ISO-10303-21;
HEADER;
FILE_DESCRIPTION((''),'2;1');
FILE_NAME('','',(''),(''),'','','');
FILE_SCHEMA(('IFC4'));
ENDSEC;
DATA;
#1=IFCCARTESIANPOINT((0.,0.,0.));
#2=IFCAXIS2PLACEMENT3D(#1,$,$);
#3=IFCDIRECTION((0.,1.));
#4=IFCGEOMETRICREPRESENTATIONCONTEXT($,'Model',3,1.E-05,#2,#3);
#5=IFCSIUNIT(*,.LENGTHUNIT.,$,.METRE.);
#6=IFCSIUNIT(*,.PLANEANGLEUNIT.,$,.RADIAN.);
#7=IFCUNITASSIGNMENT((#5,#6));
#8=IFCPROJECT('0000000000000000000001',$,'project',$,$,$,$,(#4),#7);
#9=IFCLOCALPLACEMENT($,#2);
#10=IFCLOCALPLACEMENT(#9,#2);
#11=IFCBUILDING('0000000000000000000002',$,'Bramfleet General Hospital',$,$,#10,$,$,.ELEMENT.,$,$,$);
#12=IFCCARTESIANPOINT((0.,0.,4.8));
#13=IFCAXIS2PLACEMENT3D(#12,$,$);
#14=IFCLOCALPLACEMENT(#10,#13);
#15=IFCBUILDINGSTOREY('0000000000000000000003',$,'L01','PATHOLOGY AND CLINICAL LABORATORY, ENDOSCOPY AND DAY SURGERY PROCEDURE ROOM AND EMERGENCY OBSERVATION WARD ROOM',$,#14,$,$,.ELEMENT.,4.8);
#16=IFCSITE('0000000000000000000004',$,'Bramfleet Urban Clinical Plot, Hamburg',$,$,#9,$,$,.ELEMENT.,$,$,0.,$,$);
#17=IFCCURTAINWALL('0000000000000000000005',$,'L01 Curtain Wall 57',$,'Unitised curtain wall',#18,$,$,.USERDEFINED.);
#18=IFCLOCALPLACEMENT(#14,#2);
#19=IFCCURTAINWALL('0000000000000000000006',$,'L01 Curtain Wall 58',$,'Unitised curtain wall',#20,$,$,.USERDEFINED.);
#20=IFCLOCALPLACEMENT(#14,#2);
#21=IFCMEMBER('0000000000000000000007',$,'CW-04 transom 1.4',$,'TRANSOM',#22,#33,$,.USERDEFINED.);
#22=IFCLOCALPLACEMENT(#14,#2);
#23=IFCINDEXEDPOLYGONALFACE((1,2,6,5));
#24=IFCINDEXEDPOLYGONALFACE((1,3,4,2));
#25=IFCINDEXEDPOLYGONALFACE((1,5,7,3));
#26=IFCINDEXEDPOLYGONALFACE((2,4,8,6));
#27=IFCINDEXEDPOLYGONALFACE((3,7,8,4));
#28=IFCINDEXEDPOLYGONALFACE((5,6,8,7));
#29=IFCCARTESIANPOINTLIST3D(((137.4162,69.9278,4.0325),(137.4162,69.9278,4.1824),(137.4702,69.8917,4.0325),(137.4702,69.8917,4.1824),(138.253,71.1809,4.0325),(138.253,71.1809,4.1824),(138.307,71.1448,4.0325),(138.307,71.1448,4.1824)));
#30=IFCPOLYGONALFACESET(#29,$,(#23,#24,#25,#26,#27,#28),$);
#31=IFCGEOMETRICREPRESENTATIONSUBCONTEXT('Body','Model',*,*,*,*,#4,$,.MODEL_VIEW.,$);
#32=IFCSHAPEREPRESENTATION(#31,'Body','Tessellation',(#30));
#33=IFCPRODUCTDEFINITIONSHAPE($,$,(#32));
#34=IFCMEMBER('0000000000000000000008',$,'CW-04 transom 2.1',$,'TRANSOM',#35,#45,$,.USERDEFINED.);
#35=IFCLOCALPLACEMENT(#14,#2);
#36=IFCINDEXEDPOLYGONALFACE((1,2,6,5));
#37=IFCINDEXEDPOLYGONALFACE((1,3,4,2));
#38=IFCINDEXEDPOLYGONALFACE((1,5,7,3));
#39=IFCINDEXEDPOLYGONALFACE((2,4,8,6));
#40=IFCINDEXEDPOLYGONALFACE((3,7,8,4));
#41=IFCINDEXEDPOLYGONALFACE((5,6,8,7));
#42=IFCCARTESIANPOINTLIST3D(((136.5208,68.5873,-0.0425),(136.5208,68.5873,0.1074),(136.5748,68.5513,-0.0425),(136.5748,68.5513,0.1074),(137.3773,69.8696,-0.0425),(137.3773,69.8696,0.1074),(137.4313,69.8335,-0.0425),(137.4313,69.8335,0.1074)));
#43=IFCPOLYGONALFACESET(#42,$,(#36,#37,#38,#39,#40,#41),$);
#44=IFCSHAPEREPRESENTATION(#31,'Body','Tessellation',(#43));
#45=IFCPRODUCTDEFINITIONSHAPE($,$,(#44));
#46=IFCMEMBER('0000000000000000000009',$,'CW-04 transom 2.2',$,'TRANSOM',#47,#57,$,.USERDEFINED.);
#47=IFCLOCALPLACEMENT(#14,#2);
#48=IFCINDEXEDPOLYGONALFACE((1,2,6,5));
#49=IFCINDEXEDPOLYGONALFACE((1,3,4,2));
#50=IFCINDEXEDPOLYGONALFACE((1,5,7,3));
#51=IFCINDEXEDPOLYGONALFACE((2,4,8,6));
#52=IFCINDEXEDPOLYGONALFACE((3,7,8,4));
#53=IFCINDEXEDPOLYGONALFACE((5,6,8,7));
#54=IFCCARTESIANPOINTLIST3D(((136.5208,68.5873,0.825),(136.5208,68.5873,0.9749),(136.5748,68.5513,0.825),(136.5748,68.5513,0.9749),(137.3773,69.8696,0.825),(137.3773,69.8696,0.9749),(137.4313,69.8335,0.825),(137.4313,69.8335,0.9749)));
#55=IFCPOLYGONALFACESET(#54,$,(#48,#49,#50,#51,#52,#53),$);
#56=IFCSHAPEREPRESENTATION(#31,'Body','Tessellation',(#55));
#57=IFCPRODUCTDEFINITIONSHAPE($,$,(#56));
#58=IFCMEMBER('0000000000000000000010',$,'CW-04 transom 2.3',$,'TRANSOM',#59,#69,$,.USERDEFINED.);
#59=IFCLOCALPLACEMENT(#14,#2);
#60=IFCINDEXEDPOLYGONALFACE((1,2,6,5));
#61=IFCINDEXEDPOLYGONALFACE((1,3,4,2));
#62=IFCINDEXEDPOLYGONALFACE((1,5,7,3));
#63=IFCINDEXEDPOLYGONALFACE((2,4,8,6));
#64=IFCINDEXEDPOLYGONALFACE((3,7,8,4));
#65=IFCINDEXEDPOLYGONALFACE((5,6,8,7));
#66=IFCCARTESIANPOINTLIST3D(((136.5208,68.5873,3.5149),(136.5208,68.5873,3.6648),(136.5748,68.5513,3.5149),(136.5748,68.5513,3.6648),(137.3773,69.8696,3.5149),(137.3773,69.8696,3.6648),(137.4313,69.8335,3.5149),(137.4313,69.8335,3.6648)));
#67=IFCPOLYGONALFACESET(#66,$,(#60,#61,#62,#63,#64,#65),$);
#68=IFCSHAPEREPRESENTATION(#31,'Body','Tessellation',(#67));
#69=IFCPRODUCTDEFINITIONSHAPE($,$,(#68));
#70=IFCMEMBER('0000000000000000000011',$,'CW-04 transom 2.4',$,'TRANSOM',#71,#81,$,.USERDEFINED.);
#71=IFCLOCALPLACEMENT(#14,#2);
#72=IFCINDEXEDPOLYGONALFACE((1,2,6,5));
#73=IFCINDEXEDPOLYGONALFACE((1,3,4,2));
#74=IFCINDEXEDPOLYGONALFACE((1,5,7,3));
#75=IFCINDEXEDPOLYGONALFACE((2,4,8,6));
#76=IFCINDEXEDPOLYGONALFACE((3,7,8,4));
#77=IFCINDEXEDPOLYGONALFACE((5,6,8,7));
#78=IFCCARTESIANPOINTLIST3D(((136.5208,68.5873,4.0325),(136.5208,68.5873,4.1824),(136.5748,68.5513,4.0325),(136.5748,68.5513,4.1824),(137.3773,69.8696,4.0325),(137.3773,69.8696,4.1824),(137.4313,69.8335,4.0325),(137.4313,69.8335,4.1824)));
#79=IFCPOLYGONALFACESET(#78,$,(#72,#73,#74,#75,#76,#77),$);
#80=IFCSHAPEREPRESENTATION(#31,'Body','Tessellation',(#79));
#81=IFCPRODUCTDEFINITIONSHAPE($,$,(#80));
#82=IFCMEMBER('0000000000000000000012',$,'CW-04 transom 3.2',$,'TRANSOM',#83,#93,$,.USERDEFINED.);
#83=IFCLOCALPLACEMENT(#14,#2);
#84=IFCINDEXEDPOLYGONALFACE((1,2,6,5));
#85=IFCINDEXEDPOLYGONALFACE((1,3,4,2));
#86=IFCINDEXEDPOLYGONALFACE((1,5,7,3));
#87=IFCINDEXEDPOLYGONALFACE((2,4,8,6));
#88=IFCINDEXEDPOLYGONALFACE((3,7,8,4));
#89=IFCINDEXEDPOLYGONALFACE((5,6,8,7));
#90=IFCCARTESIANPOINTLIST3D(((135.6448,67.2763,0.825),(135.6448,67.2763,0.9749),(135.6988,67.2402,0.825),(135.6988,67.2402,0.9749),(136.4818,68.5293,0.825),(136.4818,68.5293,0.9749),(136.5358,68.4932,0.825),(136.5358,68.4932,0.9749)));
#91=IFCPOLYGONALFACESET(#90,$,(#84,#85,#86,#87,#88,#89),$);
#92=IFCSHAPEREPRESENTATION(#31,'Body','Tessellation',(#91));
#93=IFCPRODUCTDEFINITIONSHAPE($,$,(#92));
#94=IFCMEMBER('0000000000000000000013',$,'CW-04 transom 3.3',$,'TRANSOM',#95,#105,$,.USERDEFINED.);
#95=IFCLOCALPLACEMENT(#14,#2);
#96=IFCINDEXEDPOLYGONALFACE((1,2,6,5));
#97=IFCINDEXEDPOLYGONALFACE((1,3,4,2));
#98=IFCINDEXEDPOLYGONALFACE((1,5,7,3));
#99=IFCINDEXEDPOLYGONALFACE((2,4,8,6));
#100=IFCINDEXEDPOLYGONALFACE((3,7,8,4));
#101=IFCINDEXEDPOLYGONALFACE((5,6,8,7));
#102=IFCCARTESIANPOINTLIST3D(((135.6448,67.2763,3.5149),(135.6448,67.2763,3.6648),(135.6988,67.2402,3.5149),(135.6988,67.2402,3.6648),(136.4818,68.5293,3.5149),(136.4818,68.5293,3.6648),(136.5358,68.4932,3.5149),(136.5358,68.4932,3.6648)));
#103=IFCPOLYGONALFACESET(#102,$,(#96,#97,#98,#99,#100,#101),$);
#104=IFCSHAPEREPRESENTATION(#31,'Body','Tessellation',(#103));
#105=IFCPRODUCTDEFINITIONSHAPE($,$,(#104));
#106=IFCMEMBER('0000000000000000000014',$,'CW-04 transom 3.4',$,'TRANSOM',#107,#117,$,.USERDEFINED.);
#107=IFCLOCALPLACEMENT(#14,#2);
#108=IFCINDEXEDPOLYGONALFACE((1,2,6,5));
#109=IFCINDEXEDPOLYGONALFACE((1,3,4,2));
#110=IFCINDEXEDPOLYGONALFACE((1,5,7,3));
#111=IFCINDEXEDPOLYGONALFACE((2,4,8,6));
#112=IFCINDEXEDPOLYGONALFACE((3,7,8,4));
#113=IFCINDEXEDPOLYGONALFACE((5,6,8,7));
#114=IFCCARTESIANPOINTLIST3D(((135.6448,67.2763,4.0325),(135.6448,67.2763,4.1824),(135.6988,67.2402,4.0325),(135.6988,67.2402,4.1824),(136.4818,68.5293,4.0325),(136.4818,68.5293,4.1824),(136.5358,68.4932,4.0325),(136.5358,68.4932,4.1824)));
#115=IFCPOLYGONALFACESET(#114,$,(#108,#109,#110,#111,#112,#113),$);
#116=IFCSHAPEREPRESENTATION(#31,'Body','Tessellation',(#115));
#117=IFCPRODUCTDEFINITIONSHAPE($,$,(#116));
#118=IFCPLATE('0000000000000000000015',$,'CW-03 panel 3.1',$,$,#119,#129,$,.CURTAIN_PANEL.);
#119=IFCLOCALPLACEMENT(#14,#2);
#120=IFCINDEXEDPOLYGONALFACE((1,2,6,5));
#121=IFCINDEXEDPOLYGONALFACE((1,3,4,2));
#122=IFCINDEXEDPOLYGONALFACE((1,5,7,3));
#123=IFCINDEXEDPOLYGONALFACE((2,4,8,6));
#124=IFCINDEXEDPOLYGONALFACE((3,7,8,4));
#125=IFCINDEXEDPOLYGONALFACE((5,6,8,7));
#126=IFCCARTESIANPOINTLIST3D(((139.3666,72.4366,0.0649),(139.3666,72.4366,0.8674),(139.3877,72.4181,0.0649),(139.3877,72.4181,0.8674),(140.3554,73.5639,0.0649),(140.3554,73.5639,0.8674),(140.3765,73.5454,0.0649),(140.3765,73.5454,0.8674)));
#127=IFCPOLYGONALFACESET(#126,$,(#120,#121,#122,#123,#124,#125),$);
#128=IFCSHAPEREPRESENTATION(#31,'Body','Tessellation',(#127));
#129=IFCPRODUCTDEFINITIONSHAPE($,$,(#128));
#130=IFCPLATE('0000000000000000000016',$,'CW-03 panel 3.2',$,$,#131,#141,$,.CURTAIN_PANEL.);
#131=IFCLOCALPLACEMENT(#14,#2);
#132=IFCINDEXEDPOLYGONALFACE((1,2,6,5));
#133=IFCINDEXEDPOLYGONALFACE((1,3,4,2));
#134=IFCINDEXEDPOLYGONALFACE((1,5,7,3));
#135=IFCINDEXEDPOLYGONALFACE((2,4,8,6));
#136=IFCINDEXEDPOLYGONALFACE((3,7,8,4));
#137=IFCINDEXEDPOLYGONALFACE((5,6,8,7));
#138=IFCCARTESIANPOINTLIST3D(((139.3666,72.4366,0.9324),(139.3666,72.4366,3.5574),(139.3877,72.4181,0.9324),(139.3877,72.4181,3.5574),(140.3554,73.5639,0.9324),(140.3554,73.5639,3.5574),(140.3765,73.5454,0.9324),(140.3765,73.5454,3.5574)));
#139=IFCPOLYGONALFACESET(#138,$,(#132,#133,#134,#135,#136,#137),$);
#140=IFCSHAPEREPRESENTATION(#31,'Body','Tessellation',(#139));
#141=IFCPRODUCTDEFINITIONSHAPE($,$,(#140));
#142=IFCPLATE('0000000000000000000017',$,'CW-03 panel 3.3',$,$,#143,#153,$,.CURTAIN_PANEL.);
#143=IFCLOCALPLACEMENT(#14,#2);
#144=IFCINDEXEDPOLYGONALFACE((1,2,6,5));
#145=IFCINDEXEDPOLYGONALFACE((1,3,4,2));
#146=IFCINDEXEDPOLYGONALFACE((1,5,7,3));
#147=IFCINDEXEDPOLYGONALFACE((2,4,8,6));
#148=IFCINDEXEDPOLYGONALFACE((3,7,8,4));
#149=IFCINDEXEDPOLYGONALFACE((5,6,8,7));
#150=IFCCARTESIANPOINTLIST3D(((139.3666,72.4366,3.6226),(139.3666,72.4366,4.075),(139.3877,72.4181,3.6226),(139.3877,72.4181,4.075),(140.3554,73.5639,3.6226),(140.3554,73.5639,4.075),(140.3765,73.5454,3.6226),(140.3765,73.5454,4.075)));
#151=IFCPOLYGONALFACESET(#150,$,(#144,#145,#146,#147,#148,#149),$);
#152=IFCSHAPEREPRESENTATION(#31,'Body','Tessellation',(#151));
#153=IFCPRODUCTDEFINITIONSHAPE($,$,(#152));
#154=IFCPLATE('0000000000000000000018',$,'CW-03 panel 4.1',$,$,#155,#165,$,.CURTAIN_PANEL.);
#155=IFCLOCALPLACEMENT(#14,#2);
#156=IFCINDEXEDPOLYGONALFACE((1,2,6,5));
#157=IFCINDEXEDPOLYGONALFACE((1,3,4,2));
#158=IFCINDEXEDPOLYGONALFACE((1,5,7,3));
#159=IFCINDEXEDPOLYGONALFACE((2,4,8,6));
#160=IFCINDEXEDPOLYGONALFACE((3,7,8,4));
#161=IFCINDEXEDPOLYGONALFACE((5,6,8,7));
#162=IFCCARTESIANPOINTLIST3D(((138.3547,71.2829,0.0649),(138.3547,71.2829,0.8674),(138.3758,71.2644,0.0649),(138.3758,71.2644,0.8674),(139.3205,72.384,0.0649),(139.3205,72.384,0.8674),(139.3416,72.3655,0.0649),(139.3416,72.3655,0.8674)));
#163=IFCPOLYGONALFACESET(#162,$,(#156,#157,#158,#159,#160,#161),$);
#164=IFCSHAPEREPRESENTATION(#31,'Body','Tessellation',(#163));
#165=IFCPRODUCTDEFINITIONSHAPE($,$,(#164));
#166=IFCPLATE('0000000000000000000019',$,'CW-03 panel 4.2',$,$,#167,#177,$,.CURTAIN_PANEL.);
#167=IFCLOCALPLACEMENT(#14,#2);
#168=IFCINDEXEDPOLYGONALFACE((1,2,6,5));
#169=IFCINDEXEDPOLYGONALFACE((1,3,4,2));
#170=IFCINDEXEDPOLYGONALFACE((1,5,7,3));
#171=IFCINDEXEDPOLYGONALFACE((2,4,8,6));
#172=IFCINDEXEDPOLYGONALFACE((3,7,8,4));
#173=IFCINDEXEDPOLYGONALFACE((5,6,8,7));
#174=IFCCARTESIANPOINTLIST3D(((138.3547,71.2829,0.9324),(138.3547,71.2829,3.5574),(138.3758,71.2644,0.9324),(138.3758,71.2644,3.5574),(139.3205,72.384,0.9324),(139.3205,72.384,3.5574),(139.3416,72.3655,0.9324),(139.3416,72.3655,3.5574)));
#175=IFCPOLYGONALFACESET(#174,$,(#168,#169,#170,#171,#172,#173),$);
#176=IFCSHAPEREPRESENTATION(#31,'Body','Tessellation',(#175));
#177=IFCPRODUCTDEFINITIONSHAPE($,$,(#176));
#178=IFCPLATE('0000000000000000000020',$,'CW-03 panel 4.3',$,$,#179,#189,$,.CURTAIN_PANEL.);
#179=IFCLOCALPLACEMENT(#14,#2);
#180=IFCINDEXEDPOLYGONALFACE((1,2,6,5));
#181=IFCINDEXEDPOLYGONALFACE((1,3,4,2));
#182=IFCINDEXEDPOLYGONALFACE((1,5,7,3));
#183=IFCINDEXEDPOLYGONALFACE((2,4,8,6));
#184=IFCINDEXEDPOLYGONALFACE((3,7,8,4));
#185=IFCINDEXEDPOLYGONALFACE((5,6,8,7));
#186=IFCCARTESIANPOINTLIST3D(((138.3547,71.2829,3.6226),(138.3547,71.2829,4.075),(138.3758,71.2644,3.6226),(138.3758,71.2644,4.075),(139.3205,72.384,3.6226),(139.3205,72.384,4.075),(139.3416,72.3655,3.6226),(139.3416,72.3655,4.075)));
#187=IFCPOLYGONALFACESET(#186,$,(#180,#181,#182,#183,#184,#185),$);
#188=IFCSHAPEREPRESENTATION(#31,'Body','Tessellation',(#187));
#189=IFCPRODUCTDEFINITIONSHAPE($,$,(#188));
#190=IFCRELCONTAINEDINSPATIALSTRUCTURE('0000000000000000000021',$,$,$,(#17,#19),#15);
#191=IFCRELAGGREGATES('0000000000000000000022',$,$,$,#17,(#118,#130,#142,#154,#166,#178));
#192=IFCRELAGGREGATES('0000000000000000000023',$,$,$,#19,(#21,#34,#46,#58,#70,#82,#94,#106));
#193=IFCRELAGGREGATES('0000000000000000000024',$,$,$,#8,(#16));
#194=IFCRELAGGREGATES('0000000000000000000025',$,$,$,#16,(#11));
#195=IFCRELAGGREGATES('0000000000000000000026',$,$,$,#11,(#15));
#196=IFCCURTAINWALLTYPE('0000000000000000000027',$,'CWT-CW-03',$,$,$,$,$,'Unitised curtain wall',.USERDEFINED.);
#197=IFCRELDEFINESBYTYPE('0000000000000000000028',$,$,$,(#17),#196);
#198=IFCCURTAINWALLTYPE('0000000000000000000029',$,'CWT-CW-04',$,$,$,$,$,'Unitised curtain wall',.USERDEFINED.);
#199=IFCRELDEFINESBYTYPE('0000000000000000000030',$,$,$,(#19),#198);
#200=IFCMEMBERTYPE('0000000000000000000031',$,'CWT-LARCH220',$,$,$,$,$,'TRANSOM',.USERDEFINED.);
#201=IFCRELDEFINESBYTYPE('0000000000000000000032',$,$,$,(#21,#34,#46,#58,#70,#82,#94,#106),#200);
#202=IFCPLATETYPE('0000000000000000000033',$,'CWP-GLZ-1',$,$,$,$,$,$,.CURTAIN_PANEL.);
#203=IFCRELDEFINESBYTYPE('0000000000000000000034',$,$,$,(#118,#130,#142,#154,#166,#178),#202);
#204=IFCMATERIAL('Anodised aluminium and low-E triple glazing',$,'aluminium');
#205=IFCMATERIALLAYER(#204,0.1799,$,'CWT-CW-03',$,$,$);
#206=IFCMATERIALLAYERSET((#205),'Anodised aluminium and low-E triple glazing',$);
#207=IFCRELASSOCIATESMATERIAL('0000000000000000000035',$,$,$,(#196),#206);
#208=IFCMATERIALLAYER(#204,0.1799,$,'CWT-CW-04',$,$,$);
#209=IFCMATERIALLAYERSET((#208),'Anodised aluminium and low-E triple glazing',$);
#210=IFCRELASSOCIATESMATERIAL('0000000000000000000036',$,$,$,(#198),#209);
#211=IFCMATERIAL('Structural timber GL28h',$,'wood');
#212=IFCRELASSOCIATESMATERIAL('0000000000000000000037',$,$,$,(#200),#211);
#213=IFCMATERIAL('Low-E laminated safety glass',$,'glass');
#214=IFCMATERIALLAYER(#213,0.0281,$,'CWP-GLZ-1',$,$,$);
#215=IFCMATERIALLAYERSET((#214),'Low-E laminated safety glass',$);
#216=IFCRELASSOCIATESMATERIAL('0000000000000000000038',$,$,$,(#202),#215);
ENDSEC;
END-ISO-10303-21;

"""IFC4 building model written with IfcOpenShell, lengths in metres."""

from ifc_helpers import new_model, si_unit, direction, frame, origin, origin_2d, place, context, subcontext, project, spatial, rectangle, extrude, material, layer, layer_set, material_profile, profile_set, type_object, element, aggregate, save


model = new_model("IFC4")

# Units and contexts
model_context = context("Model", 3, precision=1e-05, world=origin(), true_north=direction((0.0, 1.0)))
body_context = subcontext(model_context, "Body", "Model", "MODEL_VIEW")
ifc_project = project(units=[si_unit("LENGTHUNIT", "METRE"), si_unit("PLANEANGLEUNIT", "RADIAN")], contexts=[model_context])

# Site, building, storey
site_placement = place(None, origin())
site = spatial("IfcSite", under=ifc_project, at=site_placement, Name="Bramfleet Urban Clinical Plot, Hamburg", CompositionType="ELEMENT", RefElevation=0.0)
building_placement = place(site_placement, origin())
building = spatial("IfcBuilding", under=site, at=building_placement, Name="Bramfleet General Hospital", CompositionType="ELEMENT")
storey_placement = place(building_placement, frame((0.0, 0.0, 4.8)))
storey = spatial("IfcBuildingStorey", under=building, at=storey_placement, Name="L01", Description="PATHOLOGY AND CLINICAL LABORATORY, ENDOSCOPY AND DAY SURGERY PROCEDURE ROOM AND EMERGENCY OBSERVATION WARD ROOM", CompositionType="ELEMENT", Elevation=4.8)

# Curtain walls
ifc_material_1 = material(Name="Anodised aluminium and low-E triple glazing", Category="aluminium")
ifc_layer_1 = layer(ifc_material_1, 0.1799, Name="CWT-CW-03")
ifc_layer_set_1 = layer_set([ifc_layer_1], Name="Anodised aluminium and low-E triple glazing")
curtain_wall_type_1 = type_object("IfcCurtainWallType", Name="CWT-CW-03", ElementType="Unitised curtain wall", PredefinedType="USERDEFINED", material=ifc_layer_set_1)
curtain_wall_1_placement = place(storey_placement, origin())
curtain_wall_1 = element("IfcCurtainWall", 1, at=curtain_wall_1_placement, inside=storey, type_object=curtain_wall_type_1, Name="L01 Curtain Wall 57", ObjectType="Unitised curtain wall", PredefinedType="USERDEFINED")
ifc_material_2 = material(Name="Structural timber GL28h", Category="wood")
ifc_layer_2 = layer(ifc_material_1, 0.1799, Name="CWT-CW-04")
ifc_layer_set_2 = layer_set([ifc_layer_2], Name="Anodised aluminium and low-E triple glazing")
curtain_wall_type_2 = type_object("IfcCurtainWallType", Name="CWT-CW-04", ElementType="Unitised curtain wall", PredefinedType="USERDEFINED", material=ifc_layer_set_2)
curtain_wall_2_placement = place(storey_placement, origin())
curtain_wall_2 = element("IfcCurtainWall", 2, at=curtain_wall_2_placement, inside=storey, type_object=curtain_wall_type_2, Name="L01 Curtain Wall 58", ObjectType="Unitised curtain wall", PredefinedType="USERDEFINED")

# Members
ifc_material_profile_1 = material_profile(ifc_material_2, rectangle(XDim=0.0649, YDim=0.1499, at=origin_2d()), Name="LARCH 150x65")
ifc_profile_set_1 = profile_set([ifc_material_profile_1], Name="Structural timber GL28h")
member_type_1 = type_object("IfcMemberType", Name="CWT-LARCH220", ElementType="TRANSOM", PredefinedType="USERDEFINED", material=ifc_profile_set_1)
member_1_placement = place(storey_placement, frame((138.28, 71.1628, 4.1074), z_axis=(-0.555373, -0.831601, 0.0), x_axis=(0.831601, -0.555373, 0.0)))
member_1 = element("IfcMember", 3, at=member_1_placement, type_object=member_type_1, Name="CW-04 transom 1.4", ObjectType="TRANSOM", PredefinedType="USERDEFINED", context=body_context, shape_type="SweptSolid", body=[
    extrude(rectangle(XDim=0.0649, YDim=0.1499, at=origin_2d()), origin(), (0.0, 0.0, 1.0), 1.5068),
])
member_2_placement = place(storey_placement, frame((137.4043, 69.8516, 0.0325), z_axis=(-0.555431, -0.831563, 0.0), x_axis=(0.831563, -0.555431, 0.0)))
member_2 = element("IfcMember", 4, at=member_2_placement, type_object=member_type_1, Name="CW-04 transom 2.1", ObjectType="TRANSOM", PredefinedType="USERDEFINED", context=body_context, shape_type="SweptSolid", body=[
    extrude(rectangle(XDim=0.0649, YDim=0.1499, at=origin_2d()), origin(), (0.0, 0.0, 1.0), 1.542),
])
member_3_placement = place(storey_placement, frame((137.4043, 69.8516, 0.8999), z_axis=(-0.555431, -0.831563, 0.0), x_axis=(0.831563, -0.555431, 0.0)))
member_3 = element("IfcMember", 5, at=member_3_placement, type_object=member_type_1, Name="CW-04 transom 2.2", ObjectType="TRANSOM", PredefinedType="USERDEFINED", context=body_context, shape_type="SweptSolid", body=[
    extrude(rectangle(XDim=0.0649, YDim=0.1499, at=origin_2d()), origin(), (0.0, 0.0, 1.0), 1.542),
])
member_4_placement = place(storey_placement, frame((137.4043, 69.8516, 3.5898), z_axis=(-0.555431, -0.831563, 0.0), x_axis=(0.831563, -0.555431, 0.0)))
member_4 = element("IfcMember", 6, at=member_4_placement, type_object=member_type_1, Name="CW-04 transom 2.3", ObjectType="TRANSOM", PredefinedType="USERDEFINED", context=body_context, shape_type="SweptSolid", body=[
    extrude(rectangle(XDim=0.0649, YDim=0.1499, at=origin_2d()), origin(), (0.0, 0.0, 1.0), 1.542),
])
member_5_placement = place(storey_placement, frame((137.4043, 69.8516, 4.1074), z_axis=(-0.555431, -0.831563, 0.0), x_axis=(0.831563, -0.555431, 0.0)))
member_5 = element("IfcMember", 7, at=member_5_placement, type_object=member_type_1, Name="CW-04 transom 2.4", ObjectType="TRANSOM", PredefinedType="USERDEFINED", context=body_context, shape_type="SweptSolid", body=[
    extrude(rectangle(XDim=0.0649, YDim=0.1499, at=origin_2d()), origin(), (0.0, 0.0, 1.0), 1.542),
])
member_6_placement = place(storey_placement, frame((136.5088, 68.5112, 0.8999), z_axis=(-0.555448, -0.831551, 0.0), x_axis=(0.831551, -0.555448, 0.0)))
member_6 = element("IfcMember", 8, at=member_6_placement, type_object=member_type_1, Name="CW-04 transom 3.2", ObjectType="TRANSOM", PredefinedType="USERDEFINED", context=body_context, shape_type="SweptSolid", body=[
    extrude(rectangle(XDim=0.0649, YDim=0.1499, at=origin_2d()), origin(), (0.0, 0.0, 1.0), 1.5068),
])
member_7_placement = place(storey_placement, frame((136.5088, 68.5112, 3.5898), z_axis=(-0.555448, -0.831551, 0.0), x_axis=(0.831551, -0.555448, 0.0)))
member_7 = element("IfcMember", 9, at=member_7_placement, type_object=member_type_1, Name="CW-04 transom 3.3", ObjectType="TRANSOM", PredefinedType="USERDEFINED", context=body_context, shape_type="SweptSolid", body=[
    extrude(rectangle(XDim=0.0649, YDim=0.1499, at=origin_2d()), origin(), (0.0, 0.0, 1.0), 1.5068),
])
member_8_placement = place(storey_placement, frame((136.5088, 68.5112, 4.1074), z_axis=(-0.555448, -0.831551, 0.0), x_axis=(0.831551, -0.555448, 0.0)))
member_8 = element("IfcMember", 10, at=member_8_placement, type_object=member_type_1, Name="CW-04 transom 3.4", ObjectType="TRANSOM", PredefinedType="USERDEFINED", context=body_context, shape_type="SweptSolid", body=[
    extrude(rectangle(XDim=0.0649, YDim=0.1499, at=origin_2d()), origin(), (0.0, 0.0, 1.0), 1.5068),
])

# Plates
ifc_material_3 = material(Name="Low-E laminated safety glass", Category="glass")
ifc_layer_3 = layer(ifc_material_3, 0.0281, Name="CWP-GLZ-1")
ifc_layer_set_3 = layer_set([ifc_layer_3], Name="Low-E laminated safety glass")
plate_type_1 = type_object("IfcPlateType", Name="CWP-GLZ-1", PredefinedType="CURTAIN_PANEL", material=ifc_layer_set_3)
plate_1_placement = place(storey_placement, frame((139.8716, 72.991, 0.0649), z_axis=(0.0, 0.0, 1.0), x_axis=(-0.659406, -0.751787, 0.0)))
plate_1 = element("IfcPlate", 11, at=plate_1_placement, type_object=plate_type_1, Name="CW-03 panel 3.1", PredefinedType="CURTAIN_PANEL", context=body_context, shape_type="SweptSolid", body=[
    extrude(rectangle(XDim=1.4995, YDim=0.0281, at=origin_2d()), origin(), (0.0, 0.0, 1.0), 0.8025),
])
plate_2_placement = place(storey_placement, frame((139.8716, 72.991, 0.9324), z_axis=(0.0, 0.0, 1.0), x_axis=(-0.659406, -0.751787, 0.0)))
plate_2 = element("IfcPlate", 12, at=plate_2_placement, type_object=plate_type_1, Name="CW-03 panel 3.2", PredefinedType="CURTAIN_PANEL", context=body_context, shape_type="SweptSolid", body=[
    extrude(rectangle(XDim=1.4995, YDim=0.0281, at=origin_2d()), origin(), (0.0, 0.0, 1.0), 2.625),
])
plate_3_placement = place(storey_placement, frame((139.8716, 72.991, 3.6226), z_axis=(0.0, 0.0, 1.0), x_axis=(-0.659406, -0.751787, 0.0)))
plate_3 = element("IfcPlate", 13, at=plate_3_placement, type_object=plate_type_1, Name="CW-03 panel 3.3", PredefinedType="CURTAIN_PANEL", context=body_context, shape_type="SweptSolid", body=[
    extrude(rectangle(XDim=1.4995, YDim=0.0281, at=origin_2d()), origin(), (0.0, 0.0, 1.0), 0.4524),
])
plate_4_placement = place(storey_placement, frame((138.8481, 71.8242, 0.0649), z_axis=(0.0, 0.0, 1.0), x_axis=(-0.659406, -0.751787, 0.0)))
plate_4 = element("IfcPlate", 14, at=plate_4_placement, type_object=plate_type_1, Name="CW-03 panel 4.1", PredefinedType="CURTAIN_PANEL", context=body_context, shape_type="SweptSolid", body=[
    extrude(rectangle(XDim=1.4646, YDim=0.0281, at=origin_2d()), origin(), (0.0, 0.0, 1.0), 0.8025),
])
plate_5_placement = place(storey_placement, frame((138.8481, 71.8242, 0.9324), z_axis=(0.0, 0.0, 1.0), x_axis=(-0.659406, -0.751787, 0.0)))
plate_5 = element("IfcPlate", 15, at=plate_5_placement, type_object=plate_type_1, Name="CW-03 panel 4.2", PredefinedType="CURTAIN_PANEL", context=body_context, shape_type="SweptSolid", body=[
    extrude(rectangle(XDim=1.4646, YDim=0.0281, at=origin_2d()), origin(), (0.0, 0.0, 1.0), 2.625),
])
plate_6_placement = place(storey_placement, frame((138.8481, 71.8242, 3.6226), z_axis=(0.0, 0.0, 1.0), x_axis=(-0.659406, -0.751787, 0.0)))
plate_6 = element("IfcPlate", 16, at=plate_6_placement, type_object=plate_type_1, Name="CW-03 panel 4.3", PredefinedType="CURTAIN_PANEL", context=body_context, shape_type="SweptSolid", body=[
    extrude(rectangle(XDim=1.4646, YDim=0.0281, at=origin_2d()), origin(), (0.0, 0.0, 1.0), 0.4524),
])
aggregate(curtain_wall_1, [plate_1, plate_2, plate_3, plate_4, plate_5, plate_6])
aggregate(curtain_wall_2, [member_1, member_2, member_3, member_4, member_5, member_6, member_7, member_8])

save(model, "model.ifc")
